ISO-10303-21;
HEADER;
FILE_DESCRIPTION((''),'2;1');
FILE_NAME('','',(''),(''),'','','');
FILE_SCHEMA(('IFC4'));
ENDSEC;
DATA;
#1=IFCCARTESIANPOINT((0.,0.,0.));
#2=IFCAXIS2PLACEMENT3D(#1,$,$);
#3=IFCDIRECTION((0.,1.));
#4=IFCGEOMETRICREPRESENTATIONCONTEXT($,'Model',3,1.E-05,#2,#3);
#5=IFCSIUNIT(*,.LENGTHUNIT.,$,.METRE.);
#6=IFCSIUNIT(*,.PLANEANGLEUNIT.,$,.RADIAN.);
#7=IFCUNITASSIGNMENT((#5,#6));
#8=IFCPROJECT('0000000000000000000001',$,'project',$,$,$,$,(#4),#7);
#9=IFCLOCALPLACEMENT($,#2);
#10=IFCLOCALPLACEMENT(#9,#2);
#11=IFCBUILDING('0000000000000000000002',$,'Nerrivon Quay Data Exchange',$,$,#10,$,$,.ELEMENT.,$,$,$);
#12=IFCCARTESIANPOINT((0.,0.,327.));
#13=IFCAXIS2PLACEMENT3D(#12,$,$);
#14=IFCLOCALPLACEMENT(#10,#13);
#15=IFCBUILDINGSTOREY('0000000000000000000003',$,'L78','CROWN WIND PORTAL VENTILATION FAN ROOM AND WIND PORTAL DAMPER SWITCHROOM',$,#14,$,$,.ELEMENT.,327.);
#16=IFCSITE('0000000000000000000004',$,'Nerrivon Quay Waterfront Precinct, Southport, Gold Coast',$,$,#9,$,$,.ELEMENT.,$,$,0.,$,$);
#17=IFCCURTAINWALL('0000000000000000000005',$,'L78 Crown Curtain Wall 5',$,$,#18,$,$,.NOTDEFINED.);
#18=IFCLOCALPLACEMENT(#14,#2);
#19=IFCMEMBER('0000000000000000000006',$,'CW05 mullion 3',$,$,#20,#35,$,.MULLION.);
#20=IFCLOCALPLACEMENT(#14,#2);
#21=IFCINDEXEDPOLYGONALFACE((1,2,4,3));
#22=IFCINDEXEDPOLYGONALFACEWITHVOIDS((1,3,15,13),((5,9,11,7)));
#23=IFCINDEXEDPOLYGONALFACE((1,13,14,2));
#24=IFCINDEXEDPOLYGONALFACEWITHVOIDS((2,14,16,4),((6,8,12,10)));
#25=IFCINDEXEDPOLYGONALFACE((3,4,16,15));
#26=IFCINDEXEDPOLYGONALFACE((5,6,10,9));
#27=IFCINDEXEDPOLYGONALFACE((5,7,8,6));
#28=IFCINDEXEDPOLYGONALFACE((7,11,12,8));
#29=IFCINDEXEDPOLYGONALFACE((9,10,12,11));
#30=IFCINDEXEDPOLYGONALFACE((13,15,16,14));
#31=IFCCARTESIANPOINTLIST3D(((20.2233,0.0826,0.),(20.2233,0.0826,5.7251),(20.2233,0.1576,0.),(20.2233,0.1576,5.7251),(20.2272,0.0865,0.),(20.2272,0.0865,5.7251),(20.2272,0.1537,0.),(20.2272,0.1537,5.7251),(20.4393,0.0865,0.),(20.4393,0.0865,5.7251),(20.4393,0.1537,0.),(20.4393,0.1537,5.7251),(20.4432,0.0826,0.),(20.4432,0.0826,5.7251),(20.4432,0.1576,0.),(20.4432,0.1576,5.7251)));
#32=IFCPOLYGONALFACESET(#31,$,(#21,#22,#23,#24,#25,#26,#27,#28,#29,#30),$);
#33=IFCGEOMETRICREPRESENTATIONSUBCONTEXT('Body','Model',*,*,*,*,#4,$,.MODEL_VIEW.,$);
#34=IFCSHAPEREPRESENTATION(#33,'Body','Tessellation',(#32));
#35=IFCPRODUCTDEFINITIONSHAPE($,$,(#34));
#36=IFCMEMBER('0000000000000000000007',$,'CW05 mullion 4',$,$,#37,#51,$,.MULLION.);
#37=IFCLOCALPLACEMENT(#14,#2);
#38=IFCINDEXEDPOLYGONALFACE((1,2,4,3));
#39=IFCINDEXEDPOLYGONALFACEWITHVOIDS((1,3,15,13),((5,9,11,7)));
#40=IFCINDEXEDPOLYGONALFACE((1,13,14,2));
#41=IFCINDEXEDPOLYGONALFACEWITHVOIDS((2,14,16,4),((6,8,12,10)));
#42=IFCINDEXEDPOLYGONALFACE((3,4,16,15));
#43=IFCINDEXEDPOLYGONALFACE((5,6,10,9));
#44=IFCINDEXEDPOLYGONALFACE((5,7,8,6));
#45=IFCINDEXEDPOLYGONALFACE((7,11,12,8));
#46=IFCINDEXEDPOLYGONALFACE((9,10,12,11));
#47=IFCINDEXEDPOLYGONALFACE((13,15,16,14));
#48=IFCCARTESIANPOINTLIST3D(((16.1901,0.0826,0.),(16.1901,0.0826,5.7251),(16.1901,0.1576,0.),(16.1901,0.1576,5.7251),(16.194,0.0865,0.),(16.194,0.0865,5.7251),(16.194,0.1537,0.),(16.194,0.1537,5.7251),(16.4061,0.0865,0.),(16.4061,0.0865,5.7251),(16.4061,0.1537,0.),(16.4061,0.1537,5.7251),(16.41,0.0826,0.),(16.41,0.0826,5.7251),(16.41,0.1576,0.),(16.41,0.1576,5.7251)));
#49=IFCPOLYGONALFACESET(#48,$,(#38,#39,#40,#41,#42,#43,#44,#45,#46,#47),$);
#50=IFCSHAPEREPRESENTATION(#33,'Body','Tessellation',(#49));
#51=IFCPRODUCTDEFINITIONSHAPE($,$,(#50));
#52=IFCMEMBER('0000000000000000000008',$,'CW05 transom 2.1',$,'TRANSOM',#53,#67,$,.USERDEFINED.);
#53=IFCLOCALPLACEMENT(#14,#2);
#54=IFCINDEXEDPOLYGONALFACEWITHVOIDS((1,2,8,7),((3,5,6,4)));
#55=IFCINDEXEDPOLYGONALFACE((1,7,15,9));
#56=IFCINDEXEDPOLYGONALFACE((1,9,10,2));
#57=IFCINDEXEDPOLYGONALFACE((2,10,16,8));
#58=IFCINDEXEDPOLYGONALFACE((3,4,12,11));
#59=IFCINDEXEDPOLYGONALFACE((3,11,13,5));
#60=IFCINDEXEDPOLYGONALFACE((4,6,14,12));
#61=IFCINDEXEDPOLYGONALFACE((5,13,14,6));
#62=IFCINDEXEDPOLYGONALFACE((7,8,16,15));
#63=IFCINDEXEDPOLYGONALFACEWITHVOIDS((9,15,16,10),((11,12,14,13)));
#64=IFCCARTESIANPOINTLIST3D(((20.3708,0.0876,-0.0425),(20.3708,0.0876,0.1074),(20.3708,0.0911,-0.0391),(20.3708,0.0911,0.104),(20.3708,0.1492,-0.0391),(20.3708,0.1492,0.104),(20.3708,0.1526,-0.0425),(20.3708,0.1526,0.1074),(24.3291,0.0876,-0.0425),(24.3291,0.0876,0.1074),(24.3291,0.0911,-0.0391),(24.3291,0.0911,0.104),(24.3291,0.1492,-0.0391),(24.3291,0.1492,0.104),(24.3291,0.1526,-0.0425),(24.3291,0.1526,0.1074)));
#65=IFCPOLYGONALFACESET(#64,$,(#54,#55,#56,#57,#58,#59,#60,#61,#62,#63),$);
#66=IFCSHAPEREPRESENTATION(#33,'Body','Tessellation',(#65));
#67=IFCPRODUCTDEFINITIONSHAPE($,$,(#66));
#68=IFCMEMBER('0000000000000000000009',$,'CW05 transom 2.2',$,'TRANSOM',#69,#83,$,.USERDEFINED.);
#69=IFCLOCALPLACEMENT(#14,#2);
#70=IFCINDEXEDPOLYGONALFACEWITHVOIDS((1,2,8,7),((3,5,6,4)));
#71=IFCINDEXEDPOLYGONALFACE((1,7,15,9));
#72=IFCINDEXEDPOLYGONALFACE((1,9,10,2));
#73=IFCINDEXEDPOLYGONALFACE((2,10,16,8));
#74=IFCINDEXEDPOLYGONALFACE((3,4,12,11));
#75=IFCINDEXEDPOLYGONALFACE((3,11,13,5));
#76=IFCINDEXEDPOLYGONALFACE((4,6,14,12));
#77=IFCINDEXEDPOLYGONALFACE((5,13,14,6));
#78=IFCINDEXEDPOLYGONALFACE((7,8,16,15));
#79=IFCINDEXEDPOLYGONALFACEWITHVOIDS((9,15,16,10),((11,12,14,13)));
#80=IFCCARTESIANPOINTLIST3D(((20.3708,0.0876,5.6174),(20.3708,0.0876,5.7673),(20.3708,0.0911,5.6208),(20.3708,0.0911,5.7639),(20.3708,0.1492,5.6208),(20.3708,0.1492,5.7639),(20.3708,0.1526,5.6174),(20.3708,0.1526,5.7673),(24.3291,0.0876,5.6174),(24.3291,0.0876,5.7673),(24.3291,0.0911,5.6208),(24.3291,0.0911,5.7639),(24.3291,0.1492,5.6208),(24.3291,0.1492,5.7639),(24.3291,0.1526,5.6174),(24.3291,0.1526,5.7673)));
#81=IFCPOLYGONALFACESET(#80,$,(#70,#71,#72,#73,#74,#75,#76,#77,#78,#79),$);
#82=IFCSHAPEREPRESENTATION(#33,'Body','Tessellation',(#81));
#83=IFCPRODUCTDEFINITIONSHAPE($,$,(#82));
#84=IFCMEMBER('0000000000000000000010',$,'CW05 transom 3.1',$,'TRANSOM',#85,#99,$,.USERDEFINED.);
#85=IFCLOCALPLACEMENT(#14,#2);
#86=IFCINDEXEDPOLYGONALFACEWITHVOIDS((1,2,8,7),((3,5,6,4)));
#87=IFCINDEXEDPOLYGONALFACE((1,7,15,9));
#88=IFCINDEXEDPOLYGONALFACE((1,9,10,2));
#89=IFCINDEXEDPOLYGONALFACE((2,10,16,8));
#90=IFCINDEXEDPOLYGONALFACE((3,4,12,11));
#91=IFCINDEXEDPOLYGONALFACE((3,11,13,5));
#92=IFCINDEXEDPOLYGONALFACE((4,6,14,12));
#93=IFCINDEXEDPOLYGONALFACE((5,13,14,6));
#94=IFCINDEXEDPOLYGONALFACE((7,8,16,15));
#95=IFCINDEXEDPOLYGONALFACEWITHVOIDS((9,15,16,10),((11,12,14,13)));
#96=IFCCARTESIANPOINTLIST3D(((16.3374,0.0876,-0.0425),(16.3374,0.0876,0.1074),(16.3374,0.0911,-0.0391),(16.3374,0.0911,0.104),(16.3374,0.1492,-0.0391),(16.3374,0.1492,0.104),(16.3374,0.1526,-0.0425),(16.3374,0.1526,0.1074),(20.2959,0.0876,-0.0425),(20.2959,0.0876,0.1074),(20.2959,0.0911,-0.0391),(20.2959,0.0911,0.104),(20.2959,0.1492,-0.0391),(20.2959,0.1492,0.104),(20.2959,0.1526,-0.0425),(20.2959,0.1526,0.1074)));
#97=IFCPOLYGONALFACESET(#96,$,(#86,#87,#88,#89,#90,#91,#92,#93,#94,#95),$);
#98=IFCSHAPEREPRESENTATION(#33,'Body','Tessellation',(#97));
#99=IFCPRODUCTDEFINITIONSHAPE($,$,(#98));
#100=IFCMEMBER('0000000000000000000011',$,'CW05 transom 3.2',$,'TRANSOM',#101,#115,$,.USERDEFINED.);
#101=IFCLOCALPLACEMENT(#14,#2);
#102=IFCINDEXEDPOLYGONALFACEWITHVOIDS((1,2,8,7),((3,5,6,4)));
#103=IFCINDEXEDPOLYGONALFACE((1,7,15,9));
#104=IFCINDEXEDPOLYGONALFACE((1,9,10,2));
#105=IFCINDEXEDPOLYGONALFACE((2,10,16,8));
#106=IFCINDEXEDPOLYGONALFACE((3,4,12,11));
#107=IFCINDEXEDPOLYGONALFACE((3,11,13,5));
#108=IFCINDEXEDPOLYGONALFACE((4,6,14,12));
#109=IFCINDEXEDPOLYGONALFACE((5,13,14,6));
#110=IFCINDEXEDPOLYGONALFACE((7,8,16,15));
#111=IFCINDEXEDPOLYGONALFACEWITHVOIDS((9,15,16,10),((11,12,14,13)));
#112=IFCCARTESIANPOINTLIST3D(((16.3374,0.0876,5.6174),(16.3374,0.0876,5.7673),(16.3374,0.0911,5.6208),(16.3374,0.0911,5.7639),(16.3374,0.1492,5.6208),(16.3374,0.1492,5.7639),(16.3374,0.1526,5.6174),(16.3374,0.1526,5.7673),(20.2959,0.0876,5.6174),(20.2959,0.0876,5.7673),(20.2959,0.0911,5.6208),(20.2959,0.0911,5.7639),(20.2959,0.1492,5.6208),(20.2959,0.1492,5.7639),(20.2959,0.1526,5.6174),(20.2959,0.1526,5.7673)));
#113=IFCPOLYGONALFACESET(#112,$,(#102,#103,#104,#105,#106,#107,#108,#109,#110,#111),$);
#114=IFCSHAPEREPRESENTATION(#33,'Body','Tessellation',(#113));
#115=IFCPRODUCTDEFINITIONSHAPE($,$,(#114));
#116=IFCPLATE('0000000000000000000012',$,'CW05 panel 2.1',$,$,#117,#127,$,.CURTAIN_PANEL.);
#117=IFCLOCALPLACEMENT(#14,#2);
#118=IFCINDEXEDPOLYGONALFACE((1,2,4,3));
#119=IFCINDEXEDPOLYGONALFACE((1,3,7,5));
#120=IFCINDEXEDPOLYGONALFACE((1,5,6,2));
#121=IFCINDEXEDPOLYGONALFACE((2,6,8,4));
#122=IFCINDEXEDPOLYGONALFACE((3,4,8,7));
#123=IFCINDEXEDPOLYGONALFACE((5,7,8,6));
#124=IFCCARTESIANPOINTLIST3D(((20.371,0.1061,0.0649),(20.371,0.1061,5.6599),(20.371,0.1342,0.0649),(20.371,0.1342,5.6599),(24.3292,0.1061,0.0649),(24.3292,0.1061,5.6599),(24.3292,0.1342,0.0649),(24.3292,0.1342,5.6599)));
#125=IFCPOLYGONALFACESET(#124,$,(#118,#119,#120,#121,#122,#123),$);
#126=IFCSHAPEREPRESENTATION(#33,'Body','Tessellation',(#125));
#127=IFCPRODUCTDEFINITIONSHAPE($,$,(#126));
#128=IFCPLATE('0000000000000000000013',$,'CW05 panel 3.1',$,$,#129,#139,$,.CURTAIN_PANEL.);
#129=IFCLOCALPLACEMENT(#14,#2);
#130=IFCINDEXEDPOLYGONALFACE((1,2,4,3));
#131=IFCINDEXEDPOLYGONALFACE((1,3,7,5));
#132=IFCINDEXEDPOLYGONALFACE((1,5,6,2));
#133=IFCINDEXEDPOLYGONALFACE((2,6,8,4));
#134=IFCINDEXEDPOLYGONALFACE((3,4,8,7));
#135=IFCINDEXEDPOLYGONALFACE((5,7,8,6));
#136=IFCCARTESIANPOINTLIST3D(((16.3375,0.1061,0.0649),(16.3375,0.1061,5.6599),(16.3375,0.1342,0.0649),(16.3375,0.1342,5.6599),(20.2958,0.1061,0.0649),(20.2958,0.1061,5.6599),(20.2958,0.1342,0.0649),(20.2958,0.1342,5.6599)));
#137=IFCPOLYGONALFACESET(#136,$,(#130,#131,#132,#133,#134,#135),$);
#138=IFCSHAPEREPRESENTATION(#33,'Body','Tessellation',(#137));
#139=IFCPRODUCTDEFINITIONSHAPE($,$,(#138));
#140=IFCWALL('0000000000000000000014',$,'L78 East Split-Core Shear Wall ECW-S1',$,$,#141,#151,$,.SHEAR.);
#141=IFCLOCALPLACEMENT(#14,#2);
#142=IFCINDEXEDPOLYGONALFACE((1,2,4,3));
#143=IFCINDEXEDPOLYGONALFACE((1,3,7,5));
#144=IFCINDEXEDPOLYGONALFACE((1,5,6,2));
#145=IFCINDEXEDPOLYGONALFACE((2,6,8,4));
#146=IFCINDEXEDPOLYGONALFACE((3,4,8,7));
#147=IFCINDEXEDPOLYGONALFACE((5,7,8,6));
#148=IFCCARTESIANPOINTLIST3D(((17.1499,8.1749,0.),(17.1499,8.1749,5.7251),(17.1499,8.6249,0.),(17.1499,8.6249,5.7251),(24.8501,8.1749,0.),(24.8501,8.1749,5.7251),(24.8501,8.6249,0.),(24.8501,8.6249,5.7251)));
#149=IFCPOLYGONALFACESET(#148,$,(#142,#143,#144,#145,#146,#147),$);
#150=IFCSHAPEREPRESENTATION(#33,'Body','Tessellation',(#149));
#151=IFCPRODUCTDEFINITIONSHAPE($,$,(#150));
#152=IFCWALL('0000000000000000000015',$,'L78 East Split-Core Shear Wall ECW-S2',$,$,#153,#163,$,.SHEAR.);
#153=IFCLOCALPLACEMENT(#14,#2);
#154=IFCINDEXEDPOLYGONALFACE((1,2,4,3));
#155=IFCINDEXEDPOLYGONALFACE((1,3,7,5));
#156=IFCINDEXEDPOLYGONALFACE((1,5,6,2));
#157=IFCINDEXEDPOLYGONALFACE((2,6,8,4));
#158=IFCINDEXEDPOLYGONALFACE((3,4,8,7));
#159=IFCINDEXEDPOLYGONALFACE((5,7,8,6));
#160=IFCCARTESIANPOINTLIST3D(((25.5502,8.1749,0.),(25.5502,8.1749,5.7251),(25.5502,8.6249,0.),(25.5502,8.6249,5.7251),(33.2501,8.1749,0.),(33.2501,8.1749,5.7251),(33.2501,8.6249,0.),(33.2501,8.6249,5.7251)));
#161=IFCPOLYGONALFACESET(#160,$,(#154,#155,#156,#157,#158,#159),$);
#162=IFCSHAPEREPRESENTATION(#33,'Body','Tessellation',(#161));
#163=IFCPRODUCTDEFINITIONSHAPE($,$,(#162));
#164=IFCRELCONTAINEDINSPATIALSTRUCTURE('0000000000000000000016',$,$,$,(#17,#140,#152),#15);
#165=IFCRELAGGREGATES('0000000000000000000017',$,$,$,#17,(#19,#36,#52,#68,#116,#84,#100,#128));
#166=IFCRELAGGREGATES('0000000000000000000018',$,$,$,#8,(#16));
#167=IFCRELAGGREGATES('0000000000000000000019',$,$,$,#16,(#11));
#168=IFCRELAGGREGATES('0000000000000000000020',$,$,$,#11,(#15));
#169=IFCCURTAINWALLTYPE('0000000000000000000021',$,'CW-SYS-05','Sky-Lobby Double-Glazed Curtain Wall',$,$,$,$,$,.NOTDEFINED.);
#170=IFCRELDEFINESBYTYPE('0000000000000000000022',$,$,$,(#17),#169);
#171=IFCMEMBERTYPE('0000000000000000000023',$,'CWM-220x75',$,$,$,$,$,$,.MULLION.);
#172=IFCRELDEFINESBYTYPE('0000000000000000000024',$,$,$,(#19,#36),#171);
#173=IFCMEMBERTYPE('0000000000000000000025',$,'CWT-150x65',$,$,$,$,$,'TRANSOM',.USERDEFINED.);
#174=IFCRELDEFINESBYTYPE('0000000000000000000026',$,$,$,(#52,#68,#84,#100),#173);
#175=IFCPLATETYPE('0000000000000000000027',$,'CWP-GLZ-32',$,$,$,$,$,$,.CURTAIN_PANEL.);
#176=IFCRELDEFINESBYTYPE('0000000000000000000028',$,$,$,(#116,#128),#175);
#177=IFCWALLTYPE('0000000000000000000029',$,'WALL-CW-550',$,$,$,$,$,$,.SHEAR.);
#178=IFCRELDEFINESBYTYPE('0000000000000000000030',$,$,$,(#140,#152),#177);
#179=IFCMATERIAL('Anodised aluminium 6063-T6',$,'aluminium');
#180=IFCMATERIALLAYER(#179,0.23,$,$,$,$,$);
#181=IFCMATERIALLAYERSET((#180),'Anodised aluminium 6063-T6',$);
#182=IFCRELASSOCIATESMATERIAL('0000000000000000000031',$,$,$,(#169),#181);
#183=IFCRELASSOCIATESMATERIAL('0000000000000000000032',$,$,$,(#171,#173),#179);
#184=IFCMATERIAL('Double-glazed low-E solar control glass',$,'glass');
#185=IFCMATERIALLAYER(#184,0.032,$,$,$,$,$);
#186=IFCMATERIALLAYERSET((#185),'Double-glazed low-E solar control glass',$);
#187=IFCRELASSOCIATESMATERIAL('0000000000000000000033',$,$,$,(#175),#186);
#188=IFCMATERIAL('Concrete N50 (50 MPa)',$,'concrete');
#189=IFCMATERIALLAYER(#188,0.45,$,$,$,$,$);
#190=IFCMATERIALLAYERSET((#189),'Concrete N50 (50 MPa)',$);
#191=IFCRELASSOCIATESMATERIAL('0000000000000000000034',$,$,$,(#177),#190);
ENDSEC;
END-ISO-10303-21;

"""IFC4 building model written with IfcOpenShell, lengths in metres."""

from ifc_helpers import new_model, si_unit, direction, frame, frame_2d, origin, origin_2d, place, context, subcontext, project, spatial, rectangle, hollow_rectangle, extrude, material, layer, layer_set, material_profile, profile_set, type_object, element, aggregate, save


model = new_model("IFC4")

# Units and contexts
model_context = context("Model", 3, precision=1e-05, world=origin(), true_north=direction((0.0, 1.0)))
body_context = subcontext(model_context, "Body", "Model", "MODEL_VIEW")
ifc_project = project(units=[si_unit("LENGTHUNIT", "METRE"), si_unit("PLANEANGLEUNIT", "RADIAN")], contexts=[model_context])

# Site, building, storey
site_placement = place(None, origin())
site = spatial("IfcSite", under=ifc_project, at=site_placement, Name="Nerrivon Quay Waterfront Precinct, Southport, Gold Coast", CompositionType="ELEMENT", RefElevation=0.0)
building_placement = place(site_placement, origin())
building = spatial("IfcBuilding", under=site, at=building_placement, Name="Nerrivon Quay Data Exchange", CompositionType="ELEMENT")
storey_placement = place(building_placement, frame((0.0, 0.0, 327.0)))
storey = spatial("IfcBuildingStorey", under=building, at=storey_placement, Name="L78", Description="CROWN WIND PORTAL VENTILATION FAN ROOM AND WIND PORTAL DAMPER SWITCHROOM", CompositionType="ELEMENT", Elevation=327.0)

# Shared definitions
ifc_material_1 = material(Name="Concrete N50 (50 MPa)", Category="concrete")

# Curtain wall, members, plates
ifc_material_2 = material(Name="Anodised aluminium 6063-T6", Category="aluminium")
ifc_layer_1 = layer(ifc_material_2, 0.23)
ifc_layer_set_1 = layer_set([ifc_layer_1], Name="Anodised aluminium 6063-T6")
curtain_wall_type = type_object("IfcCurtainWallType", Name="CW-SYS-05", Description="Sky-Lobby Double-Glazed Curtain Wall", PredefinedType="NOTDEFINED", material=ifc_layer_set_1)
curtain_wall_placement = place(storey_placement, origin())
curtain_wall = element("IfcCurtainWall", 1, at=curtain_wall_placement, inside=storey, type_object=curtain_wall_type, Name="L78 Crown Curtain Wall 5", PredefinedType="NOTDEFINED")
ifc_material_profile_1 = material_profile(ifc_material_2, hollow_rectangle(XDim=0.075, YDim=0.22, WallThickness=0.0039, at=origin_2d()), Name="ALU-MULL-220x75")
ifc_profile_set_1 = profile_set([ifc_material_profile_1], Name="Anodised aluminium 6063-T6")
member_type_1 = type_object("IfcMemberType", Name="CWM-220x75", PredefinedType="MULLION", material=ifc_profile_set_1)
member_1_placement = place(storey_placement, frame((20.3333, 0.1201, 0.0), z_axis=(0.0, 0.0, 1.0), x_axis=(0.0, -1.0, 0.0)))
member_1 = element("IfcMember", 2, at=member_1_placement, type_object=member_type_1, Name="CW05 mullion 3", PredefinedType="MULLION", context=body_context, shape_type="SweptSolid", body=[
    extrude(hollow_rectangle(XDim=0.075, YDim=0.22, WallThickness=0.0039, at=origin_2d()), origin(), (0.0, 0.0, 1.0), 5.7251),
])
member_2_placement = place(storey_placement, frame((16.3, 0.1201, 0.0), z_axis=(0.0, 0.0, 1.0), x_axis=(0.0, -1.0, 0.0)))
member_2 = element("IfcMember", 3, at=member_2_placement, type_object=member_type_1, Name="CW05 mullion 4", PredefinedType="MULLION", context=body_context, shape_type="SweptSolid", body=[
    extrude(hollow_rectangle(XDim=0.075, YDim=0.22, WallThickness=0.0039, at=origin_2d()), origin(), (0.0, 0.0, 1.0), 5.7251),
])
ifc_material_profile_2 = material_profile(ifc_material_2, hollow_rectangle(XDim=0.0649, YDim=0.1499, WallThickness=0.0034, at=origin_2d()), Name="ALU-TRAN-150x65")
ifc_profile_set_2 = profile_set([ifc_material_profile_2], Name="Anodised aluminium 6063-T6")
member_type_2 = type_object("IfcMemberType", Name="CWT-150x65", ElementType="TRANSOM", PredefinedType="USERDEFINED", material=ifc_profile_set_2)
member_3_placement = place(storey_placement, frame((24.3291, 0.1201, 0.0325), z_axis=(-1.0, 0.0, 0.0), x_axis=(0.0, -1.0, 0.0)))
member_3 = element("IfcMember", 4, at=member_3_placement, type_object=member_type_2, Name="CW05 transom 2.1", ObjectType="TRANSOM", PredefinedType="USERDEFINED", context=body_context, shape_type="SweptSolid", body=[
    extrude(hollow_rectangle(XDim=0.0649, YDim=0.1499, WallThickness=0.0034, at=origin_2d()), origin(), (0.0, 0.0, 1.0), 3.9583),
])
member_4_placement = place(storey_placement, frame((24.3291, 0.1201, 5.6924), z_axis=(-1.0, 0.0, 0.0), x_axis=(0.0, -1.0, 0.0)))
member_4 = element("IfcMember", 5, at=member_4_placement, type_object=member_type_2, Name="CW05 transom 2.2", ObjectType="TRANSOM", PredefinedType="USERDEFINED", context=body_context, shape_type="SweptSolid", body=[
    extrude(hollow_rectangle(XDim=0.0649, YDim=0.1499, WallThickness=0.0034, at=origin_2d()), origin(), (0.0, 0.0, 1.0), 3.9583),
])
member_5_placement = place(storey_placement, frame((20.2959, 0.1201, 0.0325), z_axis=(-1.0, 0.0, 0.0), x_axis=(0.0, -1.0, 0.0)))
member_5 = element("IfcMember", 6, at=member_5_placement, type_object=member_type_2, Name="CW05 transom 3.1", ObjectType="TRANSOM", PredefinedType="USERDEFINED", context=body_context, shape_type="SweptSolid", body=[
    extrude(hollow_rectangle(XDim=0.0649, YDim=0.1499, WallThickness=0.0034, at=origin_2d()), origin(), (0.0, 0.0, 1.0), 3.9585),
])
member_6_placement = place(storey_placement, frame((20.2959, 0.1201, 5.6924), z_axis=(-1.0, 0.0, 0.0), x_axis=(0.0, -1.0, 0.0)))
member_6 = element("IfcMember", 7, at=member_6_placement, type_object=member_type_2, Name="CW05 transom 3.2", ObjectType="TRANSOM", PredefinedType="USERDEFINED", context=body_context, shape_type="SweptSolid", body=[
    extrude(hollow_rectangle(XDim=0.0649, YDim=0.1499, WallThickness=0.0034, at=origin_2d()), origin(), (0.0, 0.0, 1.0), 3.9585),
])
ifc_material_3 = material(Name="Double-glazed low-E solar control glass", Category="glass")
ifc_layer_2 = layer(ifc_material_3, 0.032)
ifc_layer_set_2 = layer_set([ifc_layer_2], Name="Double-glazed low-E solar control glass")
plate_type = type_object("IfcPlateType", Name="CWP-GLZ-32", PredefinedType="CURTAIN_PANEL", material=ifc_layer_set_2)
plate_1_placement = place(storey_placement, frame((22.3501, 0.1201, 0.0649), z_axis=(0.0, 0.0, 1.0), x_axis=(-1.0, 0.0, 0.0)))
plate_1 = element("IfcPlate", 8, at=plate_1_placement, type_object=plate_type, Name="CW05 panel 2.1", PredefinedType="CURTAIN_PANEL", context=body_context, shape_type="SweptSolid", body=[
    extrude(rectangle(XDim=3.9583, YDim=0.0281, at=origin_2d()), origin(), (0.0, 0.0, 1.0), 5.595),
])
plate_2_placement = place(storey_placement, frame((18.3167, 0.1201, 0.0649), z_axis=(0.0, 0.0, 1.0), x_axis=(-1.0, 0.0, 0.0)))
plate_2 = element("IfcPlate", 9, at=plate_2_placement, type_object=plate_type, Name="CW05 panel 3.1", PredefinedType="CURTAIN_PANEL", context=body_context, shape_type="SweptSolid", body=[
    extrude(rectangle(XDim=3.9583, YDim=0.0281, at=origin_2d()), origin(), (0.0, 0.0, 1.0), 5.595),
])
aggregate(curtain_wall, [member_1, member_2, member_3, member_4, plate_1, member_5, member_6, plate_2])

# Walls
ifc_layer_3 = layer(ifc_material_1, 0.45)
ifc_layer_set_3 = layer_set([ifc_layer_3], Name="Concrete N50 (50 MPa)")
wall_type_1 = type_object("IfcWallType", Name="WALL-CW-550", PredefinedType="SHEAR", material=ifc_layer_set_3)
wall_1_placement = place(storey_placement, frame((17.1499, 8.3999, 0.0), z_axis=(0.0, 0.0, 1.0), x_axis=(1.0, 0.0, 0.0)))
element("IfcWall", 10, at=wall_1_placement, inside=storey, type_object=wall_type_1, Name="L78 East Split-Core Shear Wall ECW-S1", PredefinedType="SHEAR", context=body_context, shape_type="SweptSolid", body=[
    extrude(rectangle(XDim=7.7002, YDim=0.45, at=frame_2d((3.8501, 0.0))), origin(), (0.0, 0.0, 1.0), 5.7251),
])
wall_2_placement = place(storey_placement, frame((25.55, 8.3999, 0.0), z_axis=(0.0, 0.0, 1.0), x_axis=(1.0, 0.0, 0.0)))
element("IfcWall", 11, at=wall_2_placement, inside=storey, type_object=wall_type_1, Name="L78 East Split-Core Shear Wall ECW-S2", PredefinedType="SHEAR", context=body_context, shape_type="SweptSolid", body=[
    extrude(rectangle(XDim=7.7, YDim=0.45, at=frame_2d((3.8501, 0.0))), origin(), (0.0, 0.0, 1.0), 5.7251),
])

save(model, "model.ifc")
